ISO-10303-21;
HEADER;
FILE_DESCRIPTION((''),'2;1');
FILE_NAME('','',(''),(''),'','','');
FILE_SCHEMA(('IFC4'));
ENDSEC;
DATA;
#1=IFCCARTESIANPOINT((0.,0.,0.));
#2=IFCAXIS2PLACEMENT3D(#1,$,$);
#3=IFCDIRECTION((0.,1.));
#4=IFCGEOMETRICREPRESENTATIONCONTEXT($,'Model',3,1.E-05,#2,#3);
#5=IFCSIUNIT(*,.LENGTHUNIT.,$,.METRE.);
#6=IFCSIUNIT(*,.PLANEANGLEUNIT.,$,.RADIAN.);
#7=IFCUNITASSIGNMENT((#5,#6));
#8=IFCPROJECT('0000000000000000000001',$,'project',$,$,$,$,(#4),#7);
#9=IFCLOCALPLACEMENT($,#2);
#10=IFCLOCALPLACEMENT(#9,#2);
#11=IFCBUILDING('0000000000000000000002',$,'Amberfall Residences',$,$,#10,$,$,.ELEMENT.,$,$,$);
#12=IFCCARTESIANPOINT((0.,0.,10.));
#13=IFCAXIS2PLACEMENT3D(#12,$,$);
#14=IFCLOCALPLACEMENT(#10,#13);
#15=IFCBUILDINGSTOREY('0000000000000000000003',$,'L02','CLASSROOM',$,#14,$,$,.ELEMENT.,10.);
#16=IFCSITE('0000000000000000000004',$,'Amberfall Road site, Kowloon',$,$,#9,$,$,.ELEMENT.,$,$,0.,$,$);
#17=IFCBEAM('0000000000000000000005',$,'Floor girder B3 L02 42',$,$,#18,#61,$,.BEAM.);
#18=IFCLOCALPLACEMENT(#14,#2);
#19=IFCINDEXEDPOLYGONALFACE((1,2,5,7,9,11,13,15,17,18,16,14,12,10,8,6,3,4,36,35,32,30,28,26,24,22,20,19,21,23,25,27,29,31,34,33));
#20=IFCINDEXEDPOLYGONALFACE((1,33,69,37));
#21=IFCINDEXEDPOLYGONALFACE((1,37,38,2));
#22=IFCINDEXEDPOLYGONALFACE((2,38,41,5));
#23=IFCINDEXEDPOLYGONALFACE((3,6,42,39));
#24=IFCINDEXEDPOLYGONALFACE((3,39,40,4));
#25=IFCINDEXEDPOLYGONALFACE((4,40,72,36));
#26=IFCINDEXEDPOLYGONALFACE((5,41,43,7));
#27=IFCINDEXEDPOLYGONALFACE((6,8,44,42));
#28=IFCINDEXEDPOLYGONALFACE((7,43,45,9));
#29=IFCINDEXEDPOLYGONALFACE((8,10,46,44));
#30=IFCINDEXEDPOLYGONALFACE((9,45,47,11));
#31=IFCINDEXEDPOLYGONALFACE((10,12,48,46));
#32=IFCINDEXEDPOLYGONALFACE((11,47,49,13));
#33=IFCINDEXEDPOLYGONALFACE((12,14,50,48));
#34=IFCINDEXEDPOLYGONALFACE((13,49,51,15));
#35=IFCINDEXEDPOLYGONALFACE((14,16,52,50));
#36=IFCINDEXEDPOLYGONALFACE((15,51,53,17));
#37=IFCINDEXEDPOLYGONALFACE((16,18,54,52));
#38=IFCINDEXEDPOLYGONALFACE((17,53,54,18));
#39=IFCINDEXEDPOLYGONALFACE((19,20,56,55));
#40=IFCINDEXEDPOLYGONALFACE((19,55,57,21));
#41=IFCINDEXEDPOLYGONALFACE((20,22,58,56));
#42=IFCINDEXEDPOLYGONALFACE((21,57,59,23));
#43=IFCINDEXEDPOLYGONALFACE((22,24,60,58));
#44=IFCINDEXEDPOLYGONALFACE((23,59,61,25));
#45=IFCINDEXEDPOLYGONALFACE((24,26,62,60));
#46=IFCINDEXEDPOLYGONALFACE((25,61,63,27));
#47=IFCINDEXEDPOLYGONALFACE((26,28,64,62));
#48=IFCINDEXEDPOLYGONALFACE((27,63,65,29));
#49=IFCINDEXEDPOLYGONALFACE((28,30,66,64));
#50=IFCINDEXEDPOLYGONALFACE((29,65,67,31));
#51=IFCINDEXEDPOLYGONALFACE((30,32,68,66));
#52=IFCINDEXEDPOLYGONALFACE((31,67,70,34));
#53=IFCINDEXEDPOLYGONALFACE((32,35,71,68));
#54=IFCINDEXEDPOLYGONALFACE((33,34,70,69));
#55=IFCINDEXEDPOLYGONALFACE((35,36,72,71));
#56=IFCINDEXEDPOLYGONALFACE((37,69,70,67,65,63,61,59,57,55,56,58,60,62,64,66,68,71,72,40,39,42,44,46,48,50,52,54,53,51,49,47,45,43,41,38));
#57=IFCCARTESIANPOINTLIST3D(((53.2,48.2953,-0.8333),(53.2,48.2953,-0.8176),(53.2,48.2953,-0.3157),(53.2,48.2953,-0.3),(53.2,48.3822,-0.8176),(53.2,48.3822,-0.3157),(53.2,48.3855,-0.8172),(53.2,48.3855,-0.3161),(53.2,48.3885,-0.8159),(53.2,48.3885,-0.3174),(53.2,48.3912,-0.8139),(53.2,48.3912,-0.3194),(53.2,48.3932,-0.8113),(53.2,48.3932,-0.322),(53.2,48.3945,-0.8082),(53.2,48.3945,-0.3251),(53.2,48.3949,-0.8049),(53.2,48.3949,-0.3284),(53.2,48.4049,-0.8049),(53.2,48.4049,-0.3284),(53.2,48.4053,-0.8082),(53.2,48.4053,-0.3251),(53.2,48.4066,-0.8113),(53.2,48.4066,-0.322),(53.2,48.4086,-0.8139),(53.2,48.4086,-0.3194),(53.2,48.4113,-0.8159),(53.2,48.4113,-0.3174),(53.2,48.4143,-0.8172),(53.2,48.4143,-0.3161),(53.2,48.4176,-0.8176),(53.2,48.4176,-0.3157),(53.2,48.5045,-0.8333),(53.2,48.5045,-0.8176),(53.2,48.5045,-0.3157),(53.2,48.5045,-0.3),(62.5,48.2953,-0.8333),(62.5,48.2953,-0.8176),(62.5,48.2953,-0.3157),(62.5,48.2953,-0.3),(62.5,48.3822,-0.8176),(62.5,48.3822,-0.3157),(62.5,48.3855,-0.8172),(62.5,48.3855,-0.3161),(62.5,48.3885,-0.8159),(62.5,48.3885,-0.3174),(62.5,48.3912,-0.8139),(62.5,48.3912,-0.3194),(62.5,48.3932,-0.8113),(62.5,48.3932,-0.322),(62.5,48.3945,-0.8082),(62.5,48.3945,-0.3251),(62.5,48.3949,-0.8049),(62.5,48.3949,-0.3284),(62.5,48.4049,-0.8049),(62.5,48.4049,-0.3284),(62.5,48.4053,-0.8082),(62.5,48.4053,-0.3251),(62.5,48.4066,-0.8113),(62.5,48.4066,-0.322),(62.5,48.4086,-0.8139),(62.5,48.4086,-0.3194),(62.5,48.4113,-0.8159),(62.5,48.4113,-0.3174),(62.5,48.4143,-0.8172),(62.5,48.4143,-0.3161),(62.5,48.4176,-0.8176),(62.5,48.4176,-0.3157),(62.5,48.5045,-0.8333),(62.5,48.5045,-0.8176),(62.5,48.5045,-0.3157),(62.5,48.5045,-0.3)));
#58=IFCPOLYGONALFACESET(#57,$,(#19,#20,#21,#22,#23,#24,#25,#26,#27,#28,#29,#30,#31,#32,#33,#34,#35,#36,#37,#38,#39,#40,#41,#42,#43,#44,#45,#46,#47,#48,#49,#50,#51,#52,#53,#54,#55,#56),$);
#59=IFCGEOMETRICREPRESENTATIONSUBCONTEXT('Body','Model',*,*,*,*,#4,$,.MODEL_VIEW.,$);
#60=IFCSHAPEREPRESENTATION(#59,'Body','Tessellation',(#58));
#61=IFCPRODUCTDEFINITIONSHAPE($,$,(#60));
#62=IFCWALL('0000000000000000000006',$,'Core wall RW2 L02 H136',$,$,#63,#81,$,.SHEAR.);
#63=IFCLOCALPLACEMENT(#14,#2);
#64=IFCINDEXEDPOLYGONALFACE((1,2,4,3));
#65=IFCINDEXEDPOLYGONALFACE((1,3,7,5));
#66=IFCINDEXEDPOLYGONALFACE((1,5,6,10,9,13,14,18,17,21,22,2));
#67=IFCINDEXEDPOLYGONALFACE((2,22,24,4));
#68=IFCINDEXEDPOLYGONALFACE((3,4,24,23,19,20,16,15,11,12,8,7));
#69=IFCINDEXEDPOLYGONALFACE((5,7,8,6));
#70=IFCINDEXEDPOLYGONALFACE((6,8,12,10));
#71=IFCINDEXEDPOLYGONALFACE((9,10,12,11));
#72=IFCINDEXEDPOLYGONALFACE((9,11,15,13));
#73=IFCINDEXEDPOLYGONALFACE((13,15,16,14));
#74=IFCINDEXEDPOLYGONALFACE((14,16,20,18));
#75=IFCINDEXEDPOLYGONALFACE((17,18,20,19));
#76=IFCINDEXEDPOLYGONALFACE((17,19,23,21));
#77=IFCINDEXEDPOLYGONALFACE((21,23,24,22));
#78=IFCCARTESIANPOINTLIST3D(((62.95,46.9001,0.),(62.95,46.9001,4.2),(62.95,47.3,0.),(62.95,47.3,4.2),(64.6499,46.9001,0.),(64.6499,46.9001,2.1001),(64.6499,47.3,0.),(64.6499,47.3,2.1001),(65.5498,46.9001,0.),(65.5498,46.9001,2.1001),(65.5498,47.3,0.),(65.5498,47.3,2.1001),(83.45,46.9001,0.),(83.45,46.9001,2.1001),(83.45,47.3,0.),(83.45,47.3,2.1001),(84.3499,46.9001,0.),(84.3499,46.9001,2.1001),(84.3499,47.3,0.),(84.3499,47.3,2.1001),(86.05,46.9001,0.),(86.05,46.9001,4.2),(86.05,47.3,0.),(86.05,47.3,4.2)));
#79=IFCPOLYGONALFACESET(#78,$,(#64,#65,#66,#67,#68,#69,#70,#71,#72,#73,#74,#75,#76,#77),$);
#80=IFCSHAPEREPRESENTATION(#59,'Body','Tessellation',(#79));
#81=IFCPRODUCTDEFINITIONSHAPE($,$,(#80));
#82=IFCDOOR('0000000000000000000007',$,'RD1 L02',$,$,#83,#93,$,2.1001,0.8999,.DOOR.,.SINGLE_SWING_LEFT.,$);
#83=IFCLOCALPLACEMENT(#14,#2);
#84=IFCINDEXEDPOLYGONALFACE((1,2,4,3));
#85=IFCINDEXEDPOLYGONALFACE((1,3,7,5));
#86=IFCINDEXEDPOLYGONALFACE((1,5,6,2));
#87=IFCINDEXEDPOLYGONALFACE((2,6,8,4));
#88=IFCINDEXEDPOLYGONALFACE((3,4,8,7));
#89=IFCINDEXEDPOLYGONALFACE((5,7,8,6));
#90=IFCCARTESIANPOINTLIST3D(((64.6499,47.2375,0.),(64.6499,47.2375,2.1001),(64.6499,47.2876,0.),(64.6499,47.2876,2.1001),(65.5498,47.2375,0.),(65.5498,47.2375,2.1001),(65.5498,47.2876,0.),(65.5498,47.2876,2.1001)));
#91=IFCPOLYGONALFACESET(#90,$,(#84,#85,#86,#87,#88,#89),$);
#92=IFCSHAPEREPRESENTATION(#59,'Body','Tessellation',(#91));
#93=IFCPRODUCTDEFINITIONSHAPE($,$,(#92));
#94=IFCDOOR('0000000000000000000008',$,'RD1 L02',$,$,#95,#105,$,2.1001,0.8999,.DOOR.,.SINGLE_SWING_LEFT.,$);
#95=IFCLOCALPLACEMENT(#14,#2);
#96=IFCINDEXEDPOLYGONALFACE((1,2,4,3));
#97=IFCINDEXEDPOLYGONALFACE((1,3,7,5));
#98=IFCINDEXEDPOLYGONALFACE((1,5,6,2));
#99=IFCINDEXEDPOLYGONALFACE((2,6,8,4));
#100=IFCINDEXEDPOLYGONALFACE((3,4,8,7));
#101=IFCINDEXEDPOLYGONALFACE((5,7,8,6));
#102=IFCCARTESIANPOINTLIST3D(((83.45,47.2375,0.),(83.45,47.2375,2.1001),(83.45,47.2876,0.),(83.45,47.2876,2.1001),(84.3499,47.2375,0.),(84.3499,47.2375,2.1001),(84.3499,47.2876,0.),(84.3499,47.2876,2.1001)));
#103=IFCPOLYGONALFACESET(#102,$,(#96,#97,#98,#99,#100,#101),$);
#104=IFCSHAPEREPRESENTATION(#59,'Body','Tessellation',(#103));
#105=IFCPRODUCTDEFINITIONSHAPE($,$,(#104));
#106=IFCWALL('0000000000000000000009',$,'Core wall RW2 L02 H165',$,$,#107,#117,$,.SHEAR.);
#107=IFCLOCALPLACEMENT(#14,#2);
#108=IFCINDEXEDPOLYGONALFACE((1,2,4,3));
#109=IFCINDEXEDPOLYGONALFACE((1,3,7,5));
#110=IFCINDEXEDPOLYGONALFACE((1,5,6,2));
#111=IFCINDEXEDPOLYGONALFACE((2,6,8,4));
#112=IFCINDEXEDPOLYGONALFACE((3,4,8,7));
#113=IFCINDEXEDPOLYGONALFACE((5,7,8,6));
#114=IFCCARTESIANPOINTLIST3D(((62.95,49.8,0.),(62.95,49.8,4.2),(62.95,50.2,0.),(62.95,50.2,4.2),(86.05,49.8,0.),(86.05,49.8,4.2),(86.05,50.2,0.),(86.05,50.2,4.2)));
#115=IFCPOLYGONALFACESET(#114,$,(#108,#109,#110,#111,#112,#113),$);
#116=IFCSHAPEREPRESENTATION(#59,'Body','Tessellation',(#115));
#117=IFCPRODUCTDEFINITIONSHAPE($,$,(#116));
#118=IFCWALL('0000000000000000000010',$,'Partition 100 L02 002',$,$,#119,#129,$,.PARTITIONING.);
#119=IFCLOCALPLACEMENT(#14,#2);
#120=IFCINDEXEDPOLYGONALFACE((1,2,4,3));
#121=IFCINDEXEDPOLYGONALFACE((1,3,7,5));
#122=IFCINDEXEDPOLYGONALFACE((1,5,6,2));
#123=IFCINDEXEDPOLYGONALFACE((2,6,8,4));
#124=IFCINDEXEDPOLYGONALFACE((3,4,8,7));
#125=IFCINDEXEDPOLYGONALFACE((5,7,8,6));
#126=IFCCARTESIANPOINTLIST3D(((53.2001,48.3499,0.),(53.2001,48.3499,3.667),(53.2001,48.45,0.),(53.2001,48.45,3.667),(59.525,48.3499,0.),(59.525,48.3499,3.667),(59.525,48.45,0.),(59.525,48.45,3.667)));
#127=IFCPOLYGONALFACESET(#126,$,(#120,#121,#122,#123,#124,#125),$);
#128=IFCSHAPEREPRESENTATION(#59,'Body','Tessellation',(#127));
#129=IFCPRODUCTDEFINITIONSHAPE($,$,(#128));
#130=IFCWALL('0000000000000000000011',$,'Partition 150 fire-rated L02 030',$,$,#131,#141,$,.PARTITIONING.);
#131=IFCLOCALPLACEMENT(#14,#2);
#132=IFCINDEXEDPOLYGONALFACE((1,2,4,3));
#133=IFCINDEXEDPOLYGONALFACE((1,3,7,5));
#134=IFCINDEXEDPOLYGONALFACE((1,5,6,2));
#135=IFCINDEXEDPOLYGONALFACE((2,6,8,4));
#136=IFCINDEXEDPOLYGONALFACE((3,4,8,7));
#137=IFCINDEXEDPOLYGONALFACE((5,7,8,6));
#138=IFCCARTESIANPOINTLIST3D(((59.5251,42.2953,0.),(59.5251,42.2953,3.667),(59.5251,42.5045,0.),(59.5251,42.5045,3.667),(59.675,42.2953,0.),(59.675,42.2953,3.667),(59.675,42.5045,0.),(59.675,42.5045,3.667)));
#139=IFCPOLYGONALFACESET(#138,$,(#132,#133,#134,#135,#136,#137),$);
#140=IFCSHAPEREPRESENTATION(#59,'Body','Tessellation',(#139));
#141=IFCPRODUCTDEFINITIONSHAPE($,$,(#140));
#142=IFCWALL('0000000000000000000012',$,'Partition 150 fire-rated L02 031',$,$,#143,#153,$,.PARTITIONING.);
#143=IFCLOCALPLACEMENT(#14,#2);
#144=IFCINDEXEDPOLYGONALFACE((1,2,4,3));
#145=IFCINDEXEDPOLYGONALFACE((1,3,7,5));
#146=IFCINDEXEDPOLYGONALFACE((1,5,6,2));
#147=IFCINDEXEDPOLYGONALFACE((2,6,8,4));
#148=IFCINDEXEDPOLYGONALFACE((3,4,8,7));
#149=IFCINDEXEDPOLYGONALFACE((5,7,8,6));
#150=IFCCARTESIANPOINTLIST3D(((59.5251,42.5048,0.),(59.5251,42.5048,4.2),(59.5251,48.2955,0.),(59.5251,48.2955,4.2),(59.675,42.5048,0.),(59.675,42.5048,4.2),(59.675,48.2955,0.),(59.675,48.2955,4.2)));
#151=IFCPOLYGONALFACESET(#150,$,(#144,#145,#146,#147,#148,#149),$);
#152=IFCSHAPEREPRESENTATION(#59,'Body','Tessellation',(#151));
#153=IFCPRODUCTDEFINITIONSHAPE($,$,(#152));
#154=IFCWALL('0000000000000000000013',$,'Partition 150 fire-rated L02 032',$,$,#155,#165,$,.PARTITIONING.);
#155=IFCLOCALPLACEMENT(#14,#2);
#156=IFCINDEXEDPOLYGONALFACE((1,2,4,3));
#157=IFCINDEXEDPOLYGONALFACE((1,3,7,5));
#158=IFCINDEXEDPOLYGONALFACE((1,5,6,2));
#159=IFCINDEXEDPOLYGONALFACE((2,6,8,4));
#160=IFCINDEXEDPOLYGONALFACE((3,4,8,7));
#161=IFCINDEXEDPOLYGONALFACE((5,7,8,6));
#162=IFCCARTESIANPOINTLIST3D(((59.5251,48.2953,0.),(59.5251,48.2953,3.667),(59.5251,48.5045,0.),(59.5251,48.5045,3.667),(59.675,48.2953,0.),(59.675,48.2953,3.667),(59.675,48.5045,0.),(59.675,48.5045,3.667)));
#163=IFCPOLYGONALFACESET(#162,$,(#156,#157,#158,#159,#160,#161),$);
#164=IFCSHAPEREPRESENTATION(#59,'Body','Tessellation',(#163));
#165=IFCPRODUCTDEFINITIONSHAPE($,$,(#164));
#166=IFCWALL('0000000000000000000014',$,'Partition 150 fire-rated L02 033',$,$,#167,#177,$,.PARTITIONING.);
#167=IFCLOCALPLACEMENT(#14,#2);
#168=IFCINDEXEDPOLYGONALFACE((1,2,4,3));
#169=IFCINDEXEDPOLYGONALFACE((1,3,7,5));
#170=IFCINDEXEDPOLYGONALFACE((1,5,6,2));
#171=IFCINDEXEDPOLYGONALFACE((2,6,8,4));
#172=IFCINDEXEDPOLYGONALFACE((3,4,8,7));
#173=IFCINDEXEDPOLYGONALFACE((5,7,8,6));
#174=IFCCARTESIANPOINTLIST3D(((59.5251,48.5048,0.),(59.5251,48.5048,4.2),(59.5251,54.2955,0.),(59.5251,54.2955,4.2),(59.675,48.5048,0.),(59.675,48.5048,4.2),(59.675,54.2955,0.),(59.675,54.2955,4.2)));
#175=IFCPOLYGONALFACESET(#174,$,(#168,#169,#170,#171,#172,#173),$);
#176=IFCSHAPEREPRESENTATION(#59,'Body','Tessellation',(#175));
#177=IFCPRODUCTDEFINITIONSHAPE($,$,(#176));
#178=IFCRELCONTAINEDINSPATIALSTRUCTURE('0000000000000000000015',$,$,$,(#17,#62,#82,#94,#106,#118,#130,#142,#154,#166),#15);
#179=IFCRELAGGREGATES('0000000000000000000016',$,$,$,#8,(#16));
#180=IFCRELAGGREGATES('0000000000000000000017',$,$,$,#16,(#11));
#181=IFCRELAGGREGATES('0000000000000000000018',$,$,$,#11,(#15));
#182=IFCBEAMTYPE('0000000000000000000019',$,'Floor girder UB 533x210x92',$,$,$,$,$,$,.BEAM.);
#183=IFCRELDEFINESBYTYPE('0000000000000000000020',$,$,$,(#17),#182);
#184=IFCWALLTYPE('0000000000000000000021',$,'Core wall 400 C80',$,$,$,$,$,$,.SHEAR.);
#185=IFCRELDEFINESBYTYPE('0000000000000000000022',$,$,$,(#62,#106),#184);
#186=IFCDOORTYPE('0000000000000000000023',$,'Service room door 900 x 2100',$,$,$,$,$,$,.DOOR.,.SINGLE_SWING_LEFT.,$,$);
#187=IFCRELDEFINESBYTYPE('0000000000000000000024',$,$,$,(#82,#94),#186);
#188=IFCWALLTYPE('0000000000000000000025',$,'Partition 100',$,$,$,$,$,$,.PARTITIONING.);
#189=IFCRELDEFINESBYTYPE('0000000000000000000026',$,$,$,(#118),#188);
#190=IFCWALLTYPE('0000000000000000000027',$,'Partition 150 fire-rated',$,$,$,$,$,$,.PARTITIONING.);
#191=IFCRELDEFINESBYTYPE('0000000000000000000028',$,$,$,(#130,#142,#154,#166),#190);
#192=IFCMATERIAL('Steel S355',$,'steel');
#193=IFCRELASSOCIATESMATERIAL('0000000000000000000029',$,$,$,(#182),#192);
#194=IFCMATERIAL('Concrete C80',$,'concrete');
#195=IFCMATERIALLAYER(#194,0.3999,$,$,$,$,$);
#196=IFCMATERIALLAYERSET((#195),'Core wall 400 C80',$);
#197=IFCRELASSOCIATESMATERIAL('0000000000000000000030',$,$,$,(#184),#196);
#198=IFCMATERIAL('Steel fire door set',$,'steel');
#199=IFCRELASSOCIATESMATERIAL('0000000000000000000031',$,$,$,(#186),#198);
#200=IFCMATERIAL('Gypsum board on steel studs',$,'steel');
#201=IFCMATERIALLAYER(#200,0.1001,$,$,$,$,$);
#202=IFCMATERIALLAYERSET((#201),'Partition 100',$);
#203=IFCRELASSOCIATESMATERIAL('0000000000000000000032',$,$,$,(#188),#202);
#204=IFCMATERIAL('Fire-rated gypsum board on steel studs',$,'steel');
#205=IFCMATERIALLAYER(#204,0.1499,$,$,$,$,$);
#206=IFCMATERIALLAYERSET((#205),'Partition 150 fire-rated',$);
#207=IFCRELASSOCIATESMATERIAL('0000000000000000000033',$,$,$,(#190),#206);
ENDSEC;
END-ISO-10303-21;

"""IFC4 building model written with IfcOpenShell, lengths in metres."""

from ifc_helpers import new_model, si_unit, direction, frame, frame_2d, origin, origin_2d, place, context, subcontext, project, spatial, rectangle, i_section, extrude, material, layer, layer_set, material_profile, profile_set, type_object, element, fill, save


model = new_model("IFC4")

# Units and contexts
model_context = context("Model", 3, precision=1e-05, world=origin(), true_north=direction((0.0, 1.0)))
body_context = subcontext(model_context, "Body", "Model", "MODEL_VIEW")
ifc_project = project(units=[si_unit("LENGTHUNIT", "METRE"), si_unit("PLANEANGLEUNIT", "RADIAN")], contexts=[model_context])

# Site, building, storey
site_placement = place(None, origin())
site = spatial("IfcSite", under=ifc_project, at=site_placement, Name="Amberfall Road site, Kowloon", CompositionType="ELEMENT", RefElevation=0.0)
building_placement = place(site_placement, origin())
building = spatial("IfcBuilding", under=site, at=building_placement, Name="Amberfall Residences", CompositionType="ELEMENT")
storey_placement = place(building_placement, frame((0.0, 0.0, 10.0)))
storey = spatial("IfcBuildingStorey", under=building, at=storey_placement, Name="L02", Description="CLASSROOM", CompositionType="ELEMENT", Elevation=10.0)

# Beam
ifc_material_1 = material(Name="Steel S355", Category="steel")
ifc_material_profile = material_profile(ifc_material_1, i_section(OverallWidth=0.2092, OverallDepth=0.5332, WebThickness=0.01, FlangeThickness=0.0156, FilletRadius=0.0127, at=origin_2d()), Name="UB 533x210x92")
ifc_profile_set = profile_set([ifc_material_profile], Name="Steel S355")
beam_type = type_object("IfcBeamType", Name="Floor girder UB 533x210x92", PredefinedType="BEAM", material=ifc_profile_set)
beam_placement = place(storey_placement, frame((53.2, 48.3999, -0.5667), z_axis=(1.0, 0.0, 0.0), x_axis=(0.0, 1.0, 0.0)))
element("IfcBeam", 1, at=beam_placement, inside=storey, type_object=beam_type, Name="Floor girder B3 L02 42", PredefinedType="BEAM", context=body_context, shape_type="SweptSolid", body=[
    extrude(i_section(OverallWidth=0.2092, OverallDepth=0.5332, WebThickness=0.01, FlangeThickness=0.0156, FilletRadius=0.0127, at=origin_2d()), origin(), (0.0, 0.0, 1.0), 9.3),
])

# Wall, openings, doors
ifc_material_2 = material(Name="Concrete C80", Category="concrete")
ifc_layer_1 = layer(ifc_material_2, 0.3999)
ifc_layer_set_1 = layer_set([ifc_layer_1], Name="Core wall 400 C80")
wall_type_1 = type_object("IfcWallType", Name="Core wall 400 C80", PredefinedType="SHEAR", material=ifc_layer_set_1)
ifc_material_3 = material(Name="Steel fire door set", Category="steel")
door_type_1 = type_object("IfcDoorType", Name="Service room door 900 x 2100", OperationType="SINGLE_SWING_LEFT", PredefinedType="DOOR", material=ifc_material_3)
wall_1_placement = place(storey_placement, frame((62.95, 47.1001, 0.0), z_axis=(0.0, 0.0, 1.0), x_axis=(1.0, 0.0, 0.0)))
wall_1 = element("IfcWall", 2, at=wall_1_placement, inside=storey, type_object=wall_type_1, Name="Core wall RW2 L02 H136", PredefinedType="SHEAR", context=body_context, shape_type="SweptSolid", body=[
    extrude(rectangle(XDim=23.1001, YDim=0.3999, at=frame_2d((11.55, 0.0))), origin(), (0.0, 0.0, 1.0), 4.2),
])
opening_1_placement = place(wall_1_placement, frame((1.7, 0.0, 0.0)))
opening_1 = element("IfcOpeningElement", 3, at=opening_1_placement, cuts=wall_1, PredefinedType="OPENING", context=body_context, shape_type="SweptSolid", body=[
    extrude(rectangle(XDim=0.8999, YDim=2.1001, at=frame_2d((0.45, 1.05))), frame((0.0, 0.21, 0.0), z_axis=(0.0, -1.0, 0.0), x_axis=(1.0, 0.0, 0.0)), (0.0, 0.0, 1.0), 0.4199),
])
opening_2_placement = place(wall_1_placement, frame((20.5, 0.0, 0.0)))
opening_2 = element("IfcOpeningElement", 4, at=opening_2_placement, cuts=wall_1, PredefinedType="OPENING", context=body_context, shape_type="SweptSolid", body=[
    extrude(rectangle(XDim=0.8999, YDim=2.1001, at=frame_2d((0.45, 1.05))), frame((0.0, 0.21, 0.0), z_axis=(0.0, -1.0, 0.0), x_axis=(1.0, 0.0, 0.0)), (0.0, 0.0, 1.0), 0.4199),
])
door_1_placement = place(opening_1_placement, origin())
door_1 = element("IfcDoor", 5, at=door_1_placement, inside=storey, type_object=door_type_1, Name="RD1 L02", OperationType="SINGLE_SWING_LEFT", OverallHeight=2.1001, OverallWidth=0.8999, PredefinedType="DOOR", context=body_context, shape_type="SweptSolid", body=[
    extrude(rectangle(XDim=0.8999, YDim=2.1001, at=frame_2d((0.45, 1.05))), frame((0.0, 0.1875, 0.0), z_axis=(0.0, -1.0, 0.0), x_axis=(1.0, 0.0, 0.0)), (0.0, 0.0, 1.0), 0.05),
])
fill(opening_1, door_1)
door_2_placement = place(opening_2_placement, origin())
door_2 = element("IfcDoor", 6, at=door_2_placement, inside=storey, type_object=door_type_1, Name="RD1 L02", OperationType="SINGLE_SWING_LEFT", OverallHeight=2.1001, OverallWidth=0.8999, PredefinedType="DOOR", context=body_context, shape_type="SweptSolid", body=[
    extrude(rectangle(XDim=0.8999, YDim=2.1001, at=frame_2d((0.45, 1.05))), frame((0.0, 0.1875, 0.0), z_axis=(0.0, -1.0, 0.0), x_axis=(1.0, 0.0, 0.0)), (0.0, 0.0, 1.0), 0.05),
])
fill(opening_2, door_2)

# Walls
wall_2_placement = place(storey_placement, frame((62.95, 50.0, 0.0), z_axis=(0.0, 0.0, 1.0), x_axis=(1.0, 0.0, 0.0)))
element("IfcWall", 7, at=wall_2_placement, inside=storey, type_object=wall_type_1, Name="Core wall RW2 L02 H165", PredefinedType="SHEAR", context=body_context, shape_type="SweptSolid", body=[
    extrude(rectangle(XDim=23.1001, YDim=0.3999, at=frame_2d((11.55, 0.0))), origin(), (0.0, 0.0, 1.0), 4.2),
])
ifc_material_4 = material(Name="Gypsum board on steel studs", Category="steel")
ifc_layer_2 = layer(ifc_material_4, 0.1001)
ifc_layer_set_2 = layer_set([ifc_layer_2], Name="Partition 100")
wall_type_2 = type_object("IfcWallType", Name="Partition 100", PredefinedType="PARTITIONING", material=ifc_layer_set_2)
wall_3_placement = place(storey_placement, frame((53.2, 48.3999, 0.0), z_axis=(0.0, 0.0, 1.0), x_axis=(1.0, 0.0, 0.0)))
element("IfcWall", 8, at=wall_3_placement, inside=storey, type_object=wall_type_2, Name="Partition 100 L02 002", PredefinedType="PARTITIONING", context=body_context, shape_type="SweptSolid", body=[
    extrude(rectangle(XDim=6.325, YDim=0.1001, at=frame_2d((3.1626, 0.0))), origin(), (0.0, 0.0, 1.0), 3.667),
])
ifc_material_5 = material(Name="Fire-rated gypsum board on steel studs", Category="steel")
ifc_layer_3 = layer(ifc_material_5, 0.1499)
ifc_layer_set_3 = layer_set([ifc_layer_3], Name="Partition 150 fire-rated")
wall_type_3 = type_object("IfcWallType", Name="Partition 150 fire-rated", PredefinedType="PARTITIONING", material=ifc_layer_set_3)
wall_4_placement = place(storey_placement, frame((59.6001, 42.2954, 0.0), z_axis=(0.0, 0.0, 1.0), x_axis=(0.0, 1.0, 0.0)))
element("IfcWall", 9, at=wall_4_placement, inside=storey, type_object=wall_type_3, Name="Partition 150 fire-rated L02 030", PredefinedType="PARTITIONING", context=body_context, shape_type="SweptSolid", body=[
    extrude(rectangle(XDim=0.2092, YDim=0.1499, at=frame_2d((0.1045, 0.0))), origin(), (0.0, 0.0, 1.0), 3.667),
])
wall_5_placement = place(storey_placement, frame((59.6001, 42.5046, 0.0), z_axis=(0.0, 0.0, 1.0), x_axis=(0.0, 1.0, 0.0)))
element("IfcWall", 10, at=wall_5_placement, inside=storey, type_object=wall_type_3, Name="Partition 150 fire-rated L02 031", PredefinedType="PARTITIONING", context=body_context, shape_type="SweptSolid", body=[
    extrude(rectangle(XDim=5.7908, YDim=0.1499, at=frame_2d((2.8955, 0.0))), origin(), (0.0, 0.0, 1.0), 4.2),
])
wall_6_placement = place(storey_placement, frame((59.6001, 48.2954, 0.0), z_axis=(0.0, 0.0, 1.0), x_axis=(0.0, 1.0, 0.0)))
element("IfcWall", 11, at=wall_6_placement, inside=storey, type_object=wall_type_3, Name="Partition 150 fire-rated L02 032", PredefinedType="PARTITIONING", context=body_context, shape_type="SweptSolid", body=[
    extrude(rectangle(XDim=0.2092, YDim=0.1499, at=frame_2d((0.1045, 0.0))), origin(), (0.0, 0.0, 1.0), 3.667),
])
wall_7_placement = place(storey_placement, frame((59.6001, 48.5046, 0.0), z_axis=(0.0, 0.0, 1.0), x_axis=(0.0, 1.0, 0.0)))
element("IfcWall", 12, at=wall_7_placement, inside=storey, type_object=wall_type_3, Name="Partition 150 fire-rated L02 033", PredefinedType="PARTITIONING", context=body_context, shape_type="SweptSolid", body=[
    extrude(rectangle(XDim=5.7908, YDim=0.1499, at=frame_2d((2.8955, 0.0))), origin(), (0.0, 0.0, 1.0), 4.2),
])

save(model, "model.ifc")
